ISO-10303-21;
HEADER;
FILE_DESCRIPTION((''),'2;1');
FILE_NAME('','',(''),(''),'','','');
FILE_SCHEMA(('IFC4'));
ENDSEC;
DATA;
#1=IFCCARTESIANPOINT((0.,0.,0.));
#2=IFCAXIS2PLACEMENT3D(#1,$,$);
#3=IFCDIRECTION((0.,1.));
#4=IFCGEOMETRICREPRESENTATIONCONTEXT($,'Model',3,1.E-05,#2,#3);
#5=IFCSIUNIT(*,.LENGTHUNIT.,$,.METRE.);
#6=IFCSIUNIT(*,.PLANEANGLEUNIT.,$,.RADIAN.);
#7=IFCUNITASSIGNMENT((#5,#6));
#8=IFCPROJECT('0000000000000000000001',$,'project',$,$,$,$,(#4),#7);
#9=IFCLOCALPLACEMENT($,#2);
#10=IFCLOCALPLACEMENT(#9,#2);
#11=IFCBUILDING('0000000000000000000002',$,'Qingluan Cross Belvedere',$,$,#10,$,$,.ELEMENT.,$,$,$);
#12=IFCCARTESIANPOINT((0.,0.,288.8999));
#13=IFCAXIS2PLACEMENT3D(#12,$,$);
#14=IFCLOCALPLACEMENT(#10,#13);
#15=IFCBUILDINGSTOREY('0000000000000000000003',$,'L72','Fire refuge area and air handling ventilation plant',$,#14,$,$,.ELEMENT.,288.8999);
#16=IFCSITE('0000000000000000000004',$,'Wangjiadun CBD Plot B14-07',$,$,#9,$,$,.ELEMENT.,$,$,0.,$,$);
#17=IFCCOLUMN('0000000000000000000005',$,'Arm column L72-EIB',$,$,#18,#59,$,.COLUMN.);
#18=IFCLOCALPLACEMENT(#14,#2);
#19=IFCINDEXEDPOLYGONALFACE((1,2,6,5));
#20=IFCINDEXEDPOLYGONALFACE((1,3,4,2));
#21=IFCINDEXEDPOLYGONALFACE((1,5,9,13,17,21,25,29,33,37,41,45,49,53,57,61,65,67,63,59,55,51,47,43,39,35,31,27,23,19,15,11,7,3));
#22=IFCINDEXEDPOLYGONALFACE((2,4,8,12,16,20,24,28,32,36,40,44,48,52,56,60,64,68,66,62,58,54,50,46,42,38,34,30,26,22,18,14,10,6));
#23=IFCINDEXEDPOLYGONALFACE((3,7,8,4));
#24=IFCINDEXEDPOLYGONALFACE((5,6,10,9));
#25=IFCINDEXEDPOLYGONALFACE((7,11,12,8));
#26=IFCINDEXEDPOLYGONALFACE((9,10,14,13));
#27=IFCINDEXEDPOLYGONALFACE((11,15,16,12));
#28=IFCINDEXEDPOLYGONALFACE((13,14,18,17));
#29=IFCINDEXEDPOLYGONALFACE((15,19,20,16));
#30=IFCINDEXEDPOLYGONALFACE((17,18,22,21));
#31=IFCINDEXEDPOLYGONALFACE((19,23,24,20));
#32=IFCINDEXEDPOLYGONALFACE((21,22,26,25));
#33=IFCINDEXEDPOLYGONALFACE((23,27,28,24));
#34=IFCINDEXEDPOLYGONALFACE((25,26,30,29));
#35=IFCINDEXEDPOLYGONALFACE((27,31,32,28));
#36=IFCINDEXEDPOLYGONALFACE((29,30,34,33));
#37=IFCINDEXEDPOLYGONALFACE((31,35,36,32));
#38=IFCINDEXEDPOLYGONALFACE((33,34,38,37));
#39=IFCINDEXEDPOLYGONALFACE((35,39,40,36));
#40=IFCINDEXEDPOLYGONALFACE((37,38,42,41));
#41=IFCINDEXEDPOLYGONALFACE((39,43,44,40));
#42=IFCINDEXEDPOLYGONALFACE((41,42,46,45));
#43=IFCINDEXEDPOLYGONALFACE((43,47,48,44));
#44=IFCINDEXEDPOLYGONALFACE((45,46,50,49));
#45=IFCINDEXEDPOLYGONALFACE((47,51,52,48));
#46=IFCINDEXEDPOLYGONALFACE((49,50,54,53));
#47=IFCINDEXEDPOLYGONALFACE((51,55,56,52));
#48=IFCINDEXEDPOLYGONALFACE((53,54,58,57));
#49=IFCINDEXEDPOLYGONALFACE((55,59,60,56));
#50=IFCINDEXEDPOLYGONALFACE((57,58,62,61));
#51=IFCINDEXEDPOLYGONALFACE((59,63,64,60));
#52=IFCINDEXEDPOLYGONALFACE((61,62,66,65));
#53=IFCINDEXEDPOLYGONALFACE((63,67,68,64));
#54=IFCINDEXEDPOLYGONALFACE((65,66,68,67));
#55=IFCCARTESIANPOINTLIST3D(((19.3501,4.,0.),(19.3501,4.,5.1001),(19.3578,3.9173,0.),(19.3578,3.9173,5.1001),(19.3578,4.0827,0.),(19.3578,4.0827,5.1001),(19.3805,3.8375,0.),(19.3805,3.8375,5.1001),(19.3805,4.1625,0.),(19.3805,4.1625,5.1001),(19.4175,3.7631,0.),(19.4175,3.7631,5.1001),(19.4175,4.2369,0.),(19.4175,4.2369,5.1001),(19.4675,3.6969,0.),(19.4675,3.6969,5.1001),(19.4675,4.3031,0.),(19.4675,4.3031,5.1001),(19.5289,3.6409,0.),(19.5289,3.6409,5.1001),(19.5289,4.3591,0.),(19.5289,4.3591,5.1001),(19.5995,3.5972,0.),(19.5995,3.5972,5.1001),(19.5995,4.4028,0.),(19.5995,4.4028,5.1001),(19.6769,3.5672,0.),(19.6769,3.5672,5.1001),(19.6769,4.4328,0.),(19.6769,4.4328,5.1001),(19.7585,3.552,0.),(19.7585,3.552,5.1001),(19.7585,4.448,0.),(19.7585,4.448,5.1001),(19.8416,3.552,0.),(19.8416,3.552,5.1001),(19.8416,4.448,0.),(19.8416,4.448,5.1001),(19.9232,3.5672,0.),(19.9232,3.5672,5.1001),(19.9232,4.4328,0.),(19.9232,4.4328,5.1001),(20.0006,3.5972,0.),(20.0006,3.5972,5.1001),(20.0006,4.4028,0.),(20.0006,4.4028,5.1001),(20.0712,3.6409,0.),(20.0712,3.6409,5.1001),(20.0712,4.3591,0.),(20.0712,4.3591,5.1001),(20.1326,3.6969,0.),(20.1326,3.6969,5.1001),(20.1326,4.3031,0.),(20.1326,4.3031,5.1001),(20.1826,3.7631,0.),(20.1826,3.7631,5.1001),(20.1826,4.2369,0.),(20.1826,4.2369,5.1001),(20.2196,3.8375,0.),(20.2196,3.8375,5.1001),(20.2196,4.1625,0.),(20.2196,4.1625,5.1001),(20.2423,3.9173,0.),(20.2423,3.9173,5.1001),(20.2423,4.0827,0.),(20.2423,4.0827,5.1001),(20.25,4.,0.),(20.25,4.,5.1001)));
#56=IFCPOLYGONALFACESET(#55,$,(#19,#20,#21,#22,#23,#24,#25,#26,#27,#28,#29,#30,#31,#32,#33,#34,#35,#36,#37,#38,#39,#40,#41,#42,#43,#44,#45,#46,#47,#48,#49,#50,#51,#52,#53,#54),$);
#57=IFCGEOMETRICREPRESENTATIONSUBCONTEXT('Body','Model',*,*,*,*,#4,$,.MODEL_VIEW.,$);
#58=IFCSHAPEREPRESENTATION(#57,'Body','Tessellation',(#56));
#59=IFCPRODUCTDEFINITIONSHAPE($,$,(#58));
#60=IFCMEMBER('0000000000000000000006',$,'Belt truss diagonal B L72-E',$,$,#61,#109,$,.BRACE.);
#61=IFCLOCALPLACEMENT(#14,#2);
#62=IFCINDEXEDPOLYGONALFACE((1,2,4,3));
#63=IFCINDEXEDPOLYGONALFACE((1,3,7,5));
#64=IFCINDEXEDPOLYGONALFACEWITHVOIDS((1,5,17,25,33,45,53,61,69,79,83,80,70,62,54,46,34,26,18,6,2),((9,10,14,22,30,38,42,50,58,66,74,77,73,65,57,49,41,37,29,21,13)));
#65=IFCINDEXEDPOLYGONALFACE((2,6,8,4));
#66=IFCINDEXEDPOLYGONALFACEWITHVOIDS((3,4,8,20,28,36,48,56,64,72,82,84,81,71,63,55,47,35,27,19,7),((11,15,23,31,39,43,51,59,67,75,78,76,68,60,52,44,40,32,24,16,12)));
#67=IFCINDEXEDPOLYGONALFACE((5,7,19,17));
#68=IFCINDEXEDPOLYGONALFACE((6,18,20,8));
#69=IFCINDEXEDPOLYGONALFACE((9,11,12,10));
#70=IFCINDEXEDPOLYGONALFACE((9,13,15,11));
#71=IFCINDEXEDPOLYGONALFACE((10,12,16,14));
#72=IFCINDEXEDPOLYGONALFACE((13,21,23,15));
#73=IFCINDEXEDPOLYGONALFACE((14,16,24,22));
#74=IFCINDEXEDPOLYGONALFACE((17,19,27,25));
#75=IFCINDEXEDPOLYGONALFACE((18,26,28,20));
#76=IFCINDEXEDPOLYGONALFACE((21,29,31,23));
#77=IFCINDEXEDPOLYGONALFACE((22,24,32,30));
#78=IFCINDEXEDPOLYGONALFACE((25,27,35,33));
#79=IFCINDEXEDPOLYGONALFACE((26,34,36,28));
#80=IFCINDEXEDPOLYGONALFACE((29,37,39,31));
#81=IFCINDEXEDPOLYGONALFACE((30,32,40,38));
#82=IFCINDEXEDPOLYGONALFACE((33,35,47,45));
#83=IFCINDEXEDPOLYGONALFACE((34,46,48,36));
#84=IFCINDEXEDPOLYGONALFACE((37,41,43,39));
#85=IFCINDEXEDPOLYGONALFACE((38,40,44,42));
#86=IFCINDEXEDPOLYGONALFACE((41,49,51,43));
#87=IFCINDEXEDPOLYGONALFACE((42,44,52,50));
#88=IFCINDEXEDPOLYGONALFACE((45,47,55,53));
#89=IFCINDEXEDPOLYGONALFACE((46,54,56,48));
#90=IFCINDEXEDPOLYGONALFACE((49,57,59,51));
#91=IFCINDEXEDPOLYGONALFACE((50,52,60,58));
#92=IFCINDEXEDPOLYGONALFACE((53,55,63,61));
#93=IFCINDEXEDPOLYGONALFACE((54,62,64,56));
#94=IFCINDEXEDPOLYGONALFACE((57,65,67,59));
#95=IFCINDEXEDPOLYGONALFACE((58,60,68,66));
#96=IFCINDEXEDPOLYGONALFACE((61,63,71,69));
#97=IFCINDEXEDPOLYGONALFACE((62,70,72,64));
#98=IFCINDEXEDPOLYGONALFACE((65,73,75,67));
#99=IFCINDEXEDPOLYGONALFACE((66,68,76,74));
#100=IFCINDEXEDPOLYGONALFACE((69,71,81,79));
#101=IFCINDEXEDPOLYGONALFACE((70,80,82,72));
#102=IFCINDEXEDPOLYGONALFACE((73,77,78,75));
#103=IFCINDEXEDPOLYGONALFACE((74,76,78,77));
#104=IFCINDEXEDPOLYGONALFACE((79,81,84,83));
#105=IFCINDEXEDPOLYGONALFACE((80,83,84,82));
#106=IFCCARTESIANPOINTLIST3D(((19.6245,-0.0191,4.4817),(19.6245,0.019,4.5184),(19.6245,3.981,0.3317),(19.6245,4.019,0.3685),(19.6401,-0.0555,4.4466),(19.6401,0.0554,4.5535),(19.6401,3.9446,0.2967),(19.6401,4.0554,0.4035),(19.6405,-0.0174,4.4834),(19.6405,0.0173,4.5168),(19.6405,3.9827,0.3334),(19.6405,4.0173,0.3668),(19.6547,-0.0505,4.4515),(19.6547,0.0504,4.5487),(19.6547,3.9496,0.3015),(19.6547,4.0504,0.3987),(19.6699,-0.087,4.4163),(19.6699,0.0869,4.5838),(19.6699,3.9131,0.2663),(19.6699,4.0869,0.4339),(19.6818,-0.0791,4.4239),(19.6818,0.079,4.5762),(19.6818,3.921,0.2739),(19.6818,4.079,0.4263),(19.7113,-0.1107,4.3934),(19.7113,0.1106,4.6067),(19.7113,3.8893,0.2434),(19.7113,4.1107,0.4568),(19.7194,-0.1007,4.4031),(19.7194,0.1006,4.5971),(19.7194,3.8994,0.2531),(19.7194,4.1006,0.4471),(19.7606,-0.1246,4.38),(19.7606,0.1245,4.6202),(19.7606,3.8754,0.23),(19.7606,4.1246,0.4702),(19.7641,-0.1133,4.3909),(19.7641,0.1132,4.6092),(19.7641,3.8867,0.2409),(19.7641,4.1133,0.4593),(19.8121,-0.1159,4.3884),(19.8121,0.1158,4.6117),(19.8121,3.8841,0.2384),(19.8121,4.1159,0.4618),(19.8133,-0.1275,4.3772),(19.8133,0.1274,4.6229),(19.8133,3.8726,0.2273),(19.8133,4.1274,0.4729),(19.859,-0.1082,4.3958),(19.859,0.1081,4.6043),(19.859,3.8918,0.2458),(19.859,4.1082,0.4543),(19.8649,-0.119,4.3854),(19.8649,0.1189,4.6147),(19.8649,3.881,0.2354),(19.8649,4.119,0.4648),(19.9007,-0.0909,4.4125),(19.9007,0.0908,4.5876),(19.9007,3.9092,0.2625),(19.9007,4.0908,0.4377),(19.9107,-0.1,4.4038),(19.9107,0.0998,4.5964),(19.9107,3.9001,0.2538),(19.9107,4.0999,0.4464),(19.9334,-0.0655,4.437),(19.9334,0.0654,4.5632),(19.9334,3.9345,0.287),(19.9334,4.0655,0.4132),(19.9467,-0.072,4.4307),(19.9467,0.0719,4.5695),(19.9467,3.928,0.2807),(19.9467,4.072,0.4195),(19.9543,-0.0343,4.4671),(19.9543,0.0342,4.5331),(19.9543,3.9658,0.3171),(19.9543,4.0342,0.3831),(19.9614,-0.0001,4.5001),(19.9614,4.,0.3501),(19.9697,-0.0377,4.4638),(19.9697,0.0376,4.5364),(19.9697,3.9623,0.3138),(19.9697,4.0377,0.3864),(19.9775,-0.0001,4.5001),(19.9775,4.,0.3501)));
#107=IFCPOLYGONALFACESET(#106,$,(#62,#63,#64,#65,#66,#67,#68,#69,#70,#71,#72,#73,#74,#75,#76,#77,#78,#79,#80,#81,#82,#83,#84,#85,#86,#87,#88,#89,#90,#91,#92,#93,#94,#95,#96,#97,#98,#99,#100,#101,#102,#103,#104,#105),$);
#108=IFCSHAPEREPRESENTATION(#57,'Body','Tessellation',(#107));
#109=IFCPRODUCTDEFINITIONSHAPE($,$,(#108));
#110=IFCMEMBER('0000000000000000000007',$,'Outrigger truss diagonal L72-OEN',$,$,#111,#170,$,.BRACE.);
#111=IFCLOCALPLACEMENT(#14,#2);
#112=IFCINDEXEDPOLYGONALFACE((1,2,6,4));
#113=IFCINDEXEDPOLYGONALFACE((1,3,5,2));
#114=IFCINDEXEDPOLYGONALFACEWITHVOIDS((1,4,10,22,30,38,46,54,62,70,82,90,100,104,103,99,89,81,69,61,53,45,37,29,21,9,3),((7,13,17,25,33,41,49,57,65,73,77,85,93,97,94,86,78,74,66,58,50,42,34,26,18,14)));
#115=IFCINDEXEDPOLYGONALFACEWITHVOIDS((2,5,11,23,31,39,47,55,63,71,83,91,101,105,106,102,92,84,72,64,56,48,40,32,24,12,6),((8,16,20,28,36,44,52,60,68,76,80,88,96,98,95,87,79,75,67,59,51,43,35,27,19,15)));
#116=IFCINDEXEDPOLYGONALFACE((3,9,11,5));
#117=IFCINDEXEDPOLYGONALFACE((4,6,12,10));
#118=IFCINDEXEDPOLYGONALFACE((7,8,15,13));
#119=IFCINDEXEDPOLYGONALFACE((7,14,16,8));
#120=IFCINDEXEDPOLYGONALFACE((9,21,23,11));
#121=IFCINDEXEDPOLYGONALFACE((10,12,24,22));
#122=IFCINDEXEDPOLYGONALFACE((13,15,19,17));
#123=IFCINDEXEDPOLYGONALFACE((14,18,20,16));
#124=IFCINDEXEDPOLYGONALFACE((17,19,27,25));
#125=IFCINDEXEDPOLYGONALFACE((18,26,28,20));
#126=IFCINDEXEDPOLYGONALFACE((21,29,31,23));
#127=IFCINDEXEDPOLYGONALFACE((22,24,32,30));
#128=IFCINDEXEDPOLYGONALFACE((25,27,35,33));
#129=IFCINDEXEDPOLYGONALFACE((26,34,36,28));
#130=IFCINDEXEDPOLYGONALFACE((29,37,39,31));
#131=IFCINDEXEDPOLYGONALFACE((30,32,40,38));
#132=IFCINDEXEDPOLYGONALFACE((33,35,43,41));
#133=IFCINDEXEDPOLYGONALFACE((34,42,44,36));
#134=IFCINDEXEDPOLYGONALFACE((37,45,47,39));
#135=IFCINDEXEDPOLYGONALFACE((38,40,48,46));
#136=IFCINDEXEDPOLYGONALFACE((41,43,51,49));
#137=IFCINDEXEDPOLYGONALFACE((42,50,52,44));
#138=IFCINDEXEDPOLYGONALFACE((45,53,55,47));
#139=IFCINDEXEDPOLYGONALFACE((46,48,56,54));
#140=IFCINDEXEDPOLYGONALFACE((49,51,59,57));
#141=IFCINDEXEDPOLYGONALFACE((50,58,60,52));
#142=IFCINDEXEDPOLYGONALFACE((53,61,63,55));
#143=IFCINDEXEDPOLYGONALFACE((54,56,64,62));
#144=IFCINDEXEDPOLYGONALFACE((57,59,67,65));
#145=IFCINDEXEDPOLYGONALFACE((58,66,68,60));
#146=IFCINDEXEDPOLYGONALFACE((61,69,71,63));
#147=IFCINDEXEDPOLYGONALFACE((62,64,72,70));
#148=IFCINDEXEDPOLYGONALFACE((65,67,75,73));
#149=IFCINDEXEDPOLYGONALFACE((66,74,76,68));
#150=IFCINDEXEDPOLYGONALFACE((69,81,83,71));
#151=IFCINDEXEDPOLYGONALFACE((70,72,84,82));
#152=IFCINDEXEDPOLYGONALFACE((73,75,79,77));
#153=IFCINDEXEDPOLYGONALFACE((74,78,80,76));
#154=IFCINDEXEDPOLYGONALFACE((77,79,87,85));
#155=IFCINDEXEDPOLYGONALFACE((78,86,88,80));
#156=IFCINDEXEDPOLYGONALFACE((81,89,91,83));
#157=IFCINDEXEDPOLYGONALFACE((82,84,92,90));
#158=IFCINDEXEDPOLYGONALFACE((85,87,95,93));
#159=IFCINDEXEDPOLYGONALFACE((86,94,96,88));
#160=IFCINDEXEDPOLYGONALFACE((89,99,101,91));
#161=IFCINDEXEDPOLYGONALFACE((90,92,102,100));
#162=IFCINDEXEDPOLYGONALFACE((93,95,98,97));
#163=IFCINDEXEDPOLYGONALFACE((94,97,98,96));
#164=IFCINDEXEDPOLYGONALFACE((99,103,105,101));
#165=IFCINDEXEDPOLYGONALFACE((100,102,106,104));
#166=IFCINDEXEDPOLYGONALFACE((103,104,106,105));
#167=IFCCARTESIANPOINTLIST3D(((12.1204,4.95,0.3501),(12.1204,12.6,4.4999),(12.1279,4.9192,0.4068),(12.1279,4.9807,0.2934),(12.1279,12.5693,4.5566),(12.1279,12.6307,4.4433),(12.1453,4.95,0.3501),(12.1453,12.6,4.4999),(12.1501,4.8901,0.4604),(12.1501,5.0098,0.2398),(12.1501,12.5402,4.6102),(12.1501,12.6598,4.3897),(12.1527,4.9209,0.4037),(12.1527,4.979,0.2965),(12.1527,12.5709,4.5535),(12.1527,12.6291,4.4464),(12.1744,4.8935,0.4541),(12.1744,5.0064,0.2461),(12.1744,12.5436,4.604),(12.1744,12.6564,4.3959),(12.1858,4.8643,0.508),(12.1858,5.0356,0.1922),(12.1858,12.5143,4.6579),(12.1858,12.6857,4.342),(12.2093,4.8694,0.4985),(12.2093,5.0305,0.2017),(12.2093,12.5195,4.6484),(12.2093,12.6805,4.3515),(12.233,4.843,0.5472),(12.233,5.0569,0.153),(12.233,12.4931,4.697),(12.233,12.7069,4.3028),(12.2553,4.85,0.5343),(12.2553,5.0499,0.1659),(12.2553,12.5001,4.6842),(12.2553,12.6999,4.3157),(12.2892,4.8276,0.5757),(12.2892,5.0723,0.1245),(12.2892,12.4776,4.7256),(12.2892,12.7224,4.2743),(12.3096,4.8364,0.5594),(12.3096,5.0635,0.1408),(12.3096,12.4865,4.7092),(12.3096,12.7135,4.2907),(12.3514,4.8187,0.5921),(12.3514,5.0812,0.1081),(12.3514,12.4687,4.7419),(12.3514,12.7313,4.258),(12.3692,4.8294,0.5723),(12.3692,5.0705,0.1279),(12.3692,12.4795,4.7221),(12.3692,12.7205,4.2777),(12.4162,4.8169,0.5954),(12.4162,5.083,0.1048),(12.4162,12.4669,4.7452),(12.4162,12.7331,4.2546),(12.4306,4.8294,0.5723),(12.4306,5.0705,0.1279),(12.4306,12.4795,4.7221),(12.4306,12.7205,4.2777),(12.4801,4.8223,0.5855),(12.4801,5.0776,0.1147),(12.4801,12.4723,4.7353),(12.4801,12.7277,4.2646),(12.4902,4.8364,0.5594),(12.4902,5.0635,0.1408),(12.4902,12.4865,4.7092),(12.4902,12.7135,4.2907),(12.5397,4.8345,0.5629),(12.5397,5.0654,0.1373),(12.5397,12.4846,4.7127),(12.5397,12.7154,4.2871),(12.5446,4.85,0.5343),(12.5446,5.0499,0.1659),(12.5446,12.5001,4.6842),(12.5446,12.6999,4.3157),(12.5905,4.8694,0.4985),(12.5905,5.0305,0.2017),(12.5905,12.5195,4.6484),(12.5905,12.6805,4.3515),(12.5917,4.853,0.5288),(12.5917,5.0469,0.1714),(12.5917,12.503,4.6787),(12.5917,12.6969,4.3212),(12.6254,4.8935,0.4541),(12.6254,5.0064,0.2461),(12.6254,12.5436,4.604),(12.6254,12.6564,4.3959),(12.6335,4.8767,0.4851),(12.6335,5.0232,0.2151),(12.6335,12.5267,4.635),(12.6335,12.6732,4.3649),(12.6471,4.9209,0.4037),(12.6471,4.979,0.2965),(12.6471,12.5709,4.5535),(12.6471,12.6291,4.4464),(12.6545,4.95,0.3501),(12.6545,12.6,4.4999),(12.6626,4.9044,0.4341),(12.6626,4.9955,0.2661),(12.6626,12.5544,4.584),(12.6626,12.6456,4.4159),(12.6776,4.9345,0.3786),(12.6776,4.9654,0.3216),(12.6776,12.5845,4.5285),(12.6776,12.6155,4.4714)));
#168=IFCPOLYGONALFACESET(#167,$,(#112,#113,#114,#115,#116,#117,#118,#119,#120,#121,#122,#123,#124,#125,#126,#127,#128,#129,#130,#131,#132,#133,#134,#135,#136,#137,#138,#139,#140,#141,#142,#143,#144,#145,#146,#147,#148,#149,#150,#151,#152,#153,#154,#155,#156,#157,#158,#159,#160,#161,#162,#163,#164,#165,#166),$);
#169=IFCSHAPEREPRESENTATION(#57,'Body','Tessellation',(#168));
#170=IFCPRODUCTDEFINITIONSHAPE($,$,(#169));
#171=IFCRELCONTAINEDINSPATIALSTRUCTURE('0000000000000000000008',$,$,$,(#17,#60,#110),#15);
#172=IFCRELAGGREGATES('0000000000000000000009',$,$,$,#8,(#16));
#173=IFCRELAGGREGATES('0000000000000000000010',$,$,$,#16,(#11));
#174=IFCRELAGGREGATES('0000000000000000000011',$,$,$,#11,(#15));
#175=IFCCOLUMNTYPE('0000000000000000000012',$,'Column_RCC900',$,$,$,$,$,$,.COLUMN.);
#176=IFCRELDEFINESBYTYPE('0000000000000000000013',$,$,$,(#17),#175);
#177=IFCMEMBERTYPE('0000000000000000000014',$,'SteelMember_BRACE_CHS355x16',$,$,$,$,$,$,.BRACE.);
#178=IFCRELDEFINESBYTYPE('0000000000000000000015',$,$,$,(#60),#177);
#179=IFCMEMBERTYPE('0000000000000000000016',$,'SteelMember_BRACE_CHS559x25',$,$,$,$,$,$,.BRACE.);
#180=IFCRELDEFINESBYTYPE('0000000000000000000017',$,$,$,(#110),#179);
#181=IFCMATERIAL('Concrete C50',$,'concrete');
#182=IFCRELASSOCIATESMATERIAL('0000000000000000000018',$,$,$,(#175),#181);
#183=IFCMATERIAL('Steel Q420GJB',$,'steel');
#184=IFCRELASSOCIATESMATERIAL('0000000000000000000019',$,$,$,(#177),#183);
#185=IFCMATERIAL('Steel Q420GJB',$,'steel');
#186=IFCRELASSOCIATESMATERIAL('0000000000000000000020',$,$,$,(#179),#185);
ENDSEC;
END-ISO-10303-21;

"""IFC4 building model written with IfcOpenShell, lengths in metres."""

from ifc_helpers import new_model, si_unit, direction, frame, origin, origin_2d, place, context, subcontext, project, spatial, circle, hollow_circle, extrude, material, material_profile, profile_set, type_object, element, save


model = new_model("IFC4")

# Units and contexts
model_context = context("Model", 3, precision=1e-05, world=origin(), true_north=direction((0.0, 1.0)))
body_context = subcontext(model_context, "Body", "Model", "MODEL_VIEW")
ifc_project = project(units=[si_unit("LENGTHUNIT", "METRE"), si_unit("PLANEANGLEUNIT", "RADIAN")], contexts=[model_context])

# Site, building, storey
site_placement = place(None, origin())
site = spatial("IfcSite", under=ifc_project, at=site_placement, Name="Wangjiadun CBD Plot B14-07", CompositionType="ELEMENT", RefElevation=0.0)
building_placement = place(site_placement, origin())
building = spatial("IfcBuilding", under=site, at=building_placement, Name="Qingluan Cross Belvedere", CompositionType="ELEMENT")
storey_placement = place(building_placement, frame((0.0, 0.0, 288.8999)))
storey = spatial("IfcBuildingStorey", under=building, at=storey_placement, Name="L72", Description="Fire refuge area and air handling ventilation plant", CompositionType="ELEMENT", Elevation=288.8999)

# Column
ifc_material_1 = material(Name="Concrete C50", Category="concrete")
ifc_material_profile_1 = material_profile(ifc_material_1, circle(Radius=0.45, at=origin_2d()), Name="RCC900")
ifc_profile_set_1 = profile_set([ifc_material_profile_1], Name="Concrete C50")
column_type = type_object("IfcColumnType", Name="Column_RCC900", PredefinedType="COLUMN", material=ifc_profile_set_1)
column_placement = place(storey_placement, frame((19.8, 4.0, 0.0), z_axis=(0.0, 0.0, 1.0), x_axis=(1.0, 0.0, 0.0)))
element("IfcColumn", 1, at=column_placement, inside=storey, type_object=column_type, Name="Arm column L72-EIB", PredefinedType="COLUMN", context=body_context, shape_type="SweptSolid", body=[
    extrude(circle(Radius=0.45, at=origin_2d()), origin(), (0.0, 0.0, 1.0), 5.1001),
])

# Members
ifc_material_2 = material(Name="Steel Q420GJB", Category="steel")
ifc_material_profile_2 = material_profile(ifc_material_2, hollow_circle(Radius=0.1775, WallThickness=0.0161, at=origin_2d()), Name="CHS355x16")
ifc_profile_set_2 = profile_set([ifc_material_profile_2], Name="Steel Q420GJB")
member_type_1 = type_object("IfcMemberType", Name="SteelMember_BRACE_CHS355x16", PredefinedType="BRACE", material=ifc_profile_set_2)
member_1_placement = place(storey_placement, frame((19.8, 4.0, 0.3501), z_axis=(0.0, -0.693983, 0.719991), x_axis=(1.0, 0.0, 0.0)))
element("IfcMember", 2, at=member_1_placement, inside=storey, type_object=member_type_1, Name="Belt truss diagonal B L72-E", PredefinedType="BRACE", context=body_context, shape_type="SweptSolid", body=[
    extrude(hollow_circle(Radius=0.1775, WallThickness=0.0161, at=origin_2d()), origin(), (0.0, 0.0, 1.0), 5.7639),
])
ifc_material_3 = material(Name="Steel Q420GJB", Category="steel")
ifc_material_profile_3 = material_profile(ifc_material_3, hollow_circle(Radius=0.2795, WallThickness=0.0249, at=origin_2d()), Name="CHS559x25")
ifc_profile_set_3 = profile_set([ifc_material_profile_3], Name="Steel Q420GJB")
member_type_2 = type_object("IfcMemberType", Name="SteelMember_BRACE_CHS559x25", PredefinedType="BRACE", material=ifc_profile_set_3)
member_2_placement = place(storey_placement, frame((12.3999, 4.95, 0.3501), z_axis=(0.0, 0.879, 0.476823), x_axis=(-1.0, 0.0, 0.0)))
element("IfcMember", 3, at=member_2_placement, inside=storey, type_object=member_type_2, Name="Outrigger truss diagonal L72-OEN", PredefinedType="BRACE", context=body_context, shape_type="SweptSolid", body=[
    extrude(hollow_circle(Radius=0.2795, WallThickness=0.0249, at=origin_2d()), origin(), (0.0, 0.0, 1.0), 8.7031),
])

save(model, "model.ifc")
